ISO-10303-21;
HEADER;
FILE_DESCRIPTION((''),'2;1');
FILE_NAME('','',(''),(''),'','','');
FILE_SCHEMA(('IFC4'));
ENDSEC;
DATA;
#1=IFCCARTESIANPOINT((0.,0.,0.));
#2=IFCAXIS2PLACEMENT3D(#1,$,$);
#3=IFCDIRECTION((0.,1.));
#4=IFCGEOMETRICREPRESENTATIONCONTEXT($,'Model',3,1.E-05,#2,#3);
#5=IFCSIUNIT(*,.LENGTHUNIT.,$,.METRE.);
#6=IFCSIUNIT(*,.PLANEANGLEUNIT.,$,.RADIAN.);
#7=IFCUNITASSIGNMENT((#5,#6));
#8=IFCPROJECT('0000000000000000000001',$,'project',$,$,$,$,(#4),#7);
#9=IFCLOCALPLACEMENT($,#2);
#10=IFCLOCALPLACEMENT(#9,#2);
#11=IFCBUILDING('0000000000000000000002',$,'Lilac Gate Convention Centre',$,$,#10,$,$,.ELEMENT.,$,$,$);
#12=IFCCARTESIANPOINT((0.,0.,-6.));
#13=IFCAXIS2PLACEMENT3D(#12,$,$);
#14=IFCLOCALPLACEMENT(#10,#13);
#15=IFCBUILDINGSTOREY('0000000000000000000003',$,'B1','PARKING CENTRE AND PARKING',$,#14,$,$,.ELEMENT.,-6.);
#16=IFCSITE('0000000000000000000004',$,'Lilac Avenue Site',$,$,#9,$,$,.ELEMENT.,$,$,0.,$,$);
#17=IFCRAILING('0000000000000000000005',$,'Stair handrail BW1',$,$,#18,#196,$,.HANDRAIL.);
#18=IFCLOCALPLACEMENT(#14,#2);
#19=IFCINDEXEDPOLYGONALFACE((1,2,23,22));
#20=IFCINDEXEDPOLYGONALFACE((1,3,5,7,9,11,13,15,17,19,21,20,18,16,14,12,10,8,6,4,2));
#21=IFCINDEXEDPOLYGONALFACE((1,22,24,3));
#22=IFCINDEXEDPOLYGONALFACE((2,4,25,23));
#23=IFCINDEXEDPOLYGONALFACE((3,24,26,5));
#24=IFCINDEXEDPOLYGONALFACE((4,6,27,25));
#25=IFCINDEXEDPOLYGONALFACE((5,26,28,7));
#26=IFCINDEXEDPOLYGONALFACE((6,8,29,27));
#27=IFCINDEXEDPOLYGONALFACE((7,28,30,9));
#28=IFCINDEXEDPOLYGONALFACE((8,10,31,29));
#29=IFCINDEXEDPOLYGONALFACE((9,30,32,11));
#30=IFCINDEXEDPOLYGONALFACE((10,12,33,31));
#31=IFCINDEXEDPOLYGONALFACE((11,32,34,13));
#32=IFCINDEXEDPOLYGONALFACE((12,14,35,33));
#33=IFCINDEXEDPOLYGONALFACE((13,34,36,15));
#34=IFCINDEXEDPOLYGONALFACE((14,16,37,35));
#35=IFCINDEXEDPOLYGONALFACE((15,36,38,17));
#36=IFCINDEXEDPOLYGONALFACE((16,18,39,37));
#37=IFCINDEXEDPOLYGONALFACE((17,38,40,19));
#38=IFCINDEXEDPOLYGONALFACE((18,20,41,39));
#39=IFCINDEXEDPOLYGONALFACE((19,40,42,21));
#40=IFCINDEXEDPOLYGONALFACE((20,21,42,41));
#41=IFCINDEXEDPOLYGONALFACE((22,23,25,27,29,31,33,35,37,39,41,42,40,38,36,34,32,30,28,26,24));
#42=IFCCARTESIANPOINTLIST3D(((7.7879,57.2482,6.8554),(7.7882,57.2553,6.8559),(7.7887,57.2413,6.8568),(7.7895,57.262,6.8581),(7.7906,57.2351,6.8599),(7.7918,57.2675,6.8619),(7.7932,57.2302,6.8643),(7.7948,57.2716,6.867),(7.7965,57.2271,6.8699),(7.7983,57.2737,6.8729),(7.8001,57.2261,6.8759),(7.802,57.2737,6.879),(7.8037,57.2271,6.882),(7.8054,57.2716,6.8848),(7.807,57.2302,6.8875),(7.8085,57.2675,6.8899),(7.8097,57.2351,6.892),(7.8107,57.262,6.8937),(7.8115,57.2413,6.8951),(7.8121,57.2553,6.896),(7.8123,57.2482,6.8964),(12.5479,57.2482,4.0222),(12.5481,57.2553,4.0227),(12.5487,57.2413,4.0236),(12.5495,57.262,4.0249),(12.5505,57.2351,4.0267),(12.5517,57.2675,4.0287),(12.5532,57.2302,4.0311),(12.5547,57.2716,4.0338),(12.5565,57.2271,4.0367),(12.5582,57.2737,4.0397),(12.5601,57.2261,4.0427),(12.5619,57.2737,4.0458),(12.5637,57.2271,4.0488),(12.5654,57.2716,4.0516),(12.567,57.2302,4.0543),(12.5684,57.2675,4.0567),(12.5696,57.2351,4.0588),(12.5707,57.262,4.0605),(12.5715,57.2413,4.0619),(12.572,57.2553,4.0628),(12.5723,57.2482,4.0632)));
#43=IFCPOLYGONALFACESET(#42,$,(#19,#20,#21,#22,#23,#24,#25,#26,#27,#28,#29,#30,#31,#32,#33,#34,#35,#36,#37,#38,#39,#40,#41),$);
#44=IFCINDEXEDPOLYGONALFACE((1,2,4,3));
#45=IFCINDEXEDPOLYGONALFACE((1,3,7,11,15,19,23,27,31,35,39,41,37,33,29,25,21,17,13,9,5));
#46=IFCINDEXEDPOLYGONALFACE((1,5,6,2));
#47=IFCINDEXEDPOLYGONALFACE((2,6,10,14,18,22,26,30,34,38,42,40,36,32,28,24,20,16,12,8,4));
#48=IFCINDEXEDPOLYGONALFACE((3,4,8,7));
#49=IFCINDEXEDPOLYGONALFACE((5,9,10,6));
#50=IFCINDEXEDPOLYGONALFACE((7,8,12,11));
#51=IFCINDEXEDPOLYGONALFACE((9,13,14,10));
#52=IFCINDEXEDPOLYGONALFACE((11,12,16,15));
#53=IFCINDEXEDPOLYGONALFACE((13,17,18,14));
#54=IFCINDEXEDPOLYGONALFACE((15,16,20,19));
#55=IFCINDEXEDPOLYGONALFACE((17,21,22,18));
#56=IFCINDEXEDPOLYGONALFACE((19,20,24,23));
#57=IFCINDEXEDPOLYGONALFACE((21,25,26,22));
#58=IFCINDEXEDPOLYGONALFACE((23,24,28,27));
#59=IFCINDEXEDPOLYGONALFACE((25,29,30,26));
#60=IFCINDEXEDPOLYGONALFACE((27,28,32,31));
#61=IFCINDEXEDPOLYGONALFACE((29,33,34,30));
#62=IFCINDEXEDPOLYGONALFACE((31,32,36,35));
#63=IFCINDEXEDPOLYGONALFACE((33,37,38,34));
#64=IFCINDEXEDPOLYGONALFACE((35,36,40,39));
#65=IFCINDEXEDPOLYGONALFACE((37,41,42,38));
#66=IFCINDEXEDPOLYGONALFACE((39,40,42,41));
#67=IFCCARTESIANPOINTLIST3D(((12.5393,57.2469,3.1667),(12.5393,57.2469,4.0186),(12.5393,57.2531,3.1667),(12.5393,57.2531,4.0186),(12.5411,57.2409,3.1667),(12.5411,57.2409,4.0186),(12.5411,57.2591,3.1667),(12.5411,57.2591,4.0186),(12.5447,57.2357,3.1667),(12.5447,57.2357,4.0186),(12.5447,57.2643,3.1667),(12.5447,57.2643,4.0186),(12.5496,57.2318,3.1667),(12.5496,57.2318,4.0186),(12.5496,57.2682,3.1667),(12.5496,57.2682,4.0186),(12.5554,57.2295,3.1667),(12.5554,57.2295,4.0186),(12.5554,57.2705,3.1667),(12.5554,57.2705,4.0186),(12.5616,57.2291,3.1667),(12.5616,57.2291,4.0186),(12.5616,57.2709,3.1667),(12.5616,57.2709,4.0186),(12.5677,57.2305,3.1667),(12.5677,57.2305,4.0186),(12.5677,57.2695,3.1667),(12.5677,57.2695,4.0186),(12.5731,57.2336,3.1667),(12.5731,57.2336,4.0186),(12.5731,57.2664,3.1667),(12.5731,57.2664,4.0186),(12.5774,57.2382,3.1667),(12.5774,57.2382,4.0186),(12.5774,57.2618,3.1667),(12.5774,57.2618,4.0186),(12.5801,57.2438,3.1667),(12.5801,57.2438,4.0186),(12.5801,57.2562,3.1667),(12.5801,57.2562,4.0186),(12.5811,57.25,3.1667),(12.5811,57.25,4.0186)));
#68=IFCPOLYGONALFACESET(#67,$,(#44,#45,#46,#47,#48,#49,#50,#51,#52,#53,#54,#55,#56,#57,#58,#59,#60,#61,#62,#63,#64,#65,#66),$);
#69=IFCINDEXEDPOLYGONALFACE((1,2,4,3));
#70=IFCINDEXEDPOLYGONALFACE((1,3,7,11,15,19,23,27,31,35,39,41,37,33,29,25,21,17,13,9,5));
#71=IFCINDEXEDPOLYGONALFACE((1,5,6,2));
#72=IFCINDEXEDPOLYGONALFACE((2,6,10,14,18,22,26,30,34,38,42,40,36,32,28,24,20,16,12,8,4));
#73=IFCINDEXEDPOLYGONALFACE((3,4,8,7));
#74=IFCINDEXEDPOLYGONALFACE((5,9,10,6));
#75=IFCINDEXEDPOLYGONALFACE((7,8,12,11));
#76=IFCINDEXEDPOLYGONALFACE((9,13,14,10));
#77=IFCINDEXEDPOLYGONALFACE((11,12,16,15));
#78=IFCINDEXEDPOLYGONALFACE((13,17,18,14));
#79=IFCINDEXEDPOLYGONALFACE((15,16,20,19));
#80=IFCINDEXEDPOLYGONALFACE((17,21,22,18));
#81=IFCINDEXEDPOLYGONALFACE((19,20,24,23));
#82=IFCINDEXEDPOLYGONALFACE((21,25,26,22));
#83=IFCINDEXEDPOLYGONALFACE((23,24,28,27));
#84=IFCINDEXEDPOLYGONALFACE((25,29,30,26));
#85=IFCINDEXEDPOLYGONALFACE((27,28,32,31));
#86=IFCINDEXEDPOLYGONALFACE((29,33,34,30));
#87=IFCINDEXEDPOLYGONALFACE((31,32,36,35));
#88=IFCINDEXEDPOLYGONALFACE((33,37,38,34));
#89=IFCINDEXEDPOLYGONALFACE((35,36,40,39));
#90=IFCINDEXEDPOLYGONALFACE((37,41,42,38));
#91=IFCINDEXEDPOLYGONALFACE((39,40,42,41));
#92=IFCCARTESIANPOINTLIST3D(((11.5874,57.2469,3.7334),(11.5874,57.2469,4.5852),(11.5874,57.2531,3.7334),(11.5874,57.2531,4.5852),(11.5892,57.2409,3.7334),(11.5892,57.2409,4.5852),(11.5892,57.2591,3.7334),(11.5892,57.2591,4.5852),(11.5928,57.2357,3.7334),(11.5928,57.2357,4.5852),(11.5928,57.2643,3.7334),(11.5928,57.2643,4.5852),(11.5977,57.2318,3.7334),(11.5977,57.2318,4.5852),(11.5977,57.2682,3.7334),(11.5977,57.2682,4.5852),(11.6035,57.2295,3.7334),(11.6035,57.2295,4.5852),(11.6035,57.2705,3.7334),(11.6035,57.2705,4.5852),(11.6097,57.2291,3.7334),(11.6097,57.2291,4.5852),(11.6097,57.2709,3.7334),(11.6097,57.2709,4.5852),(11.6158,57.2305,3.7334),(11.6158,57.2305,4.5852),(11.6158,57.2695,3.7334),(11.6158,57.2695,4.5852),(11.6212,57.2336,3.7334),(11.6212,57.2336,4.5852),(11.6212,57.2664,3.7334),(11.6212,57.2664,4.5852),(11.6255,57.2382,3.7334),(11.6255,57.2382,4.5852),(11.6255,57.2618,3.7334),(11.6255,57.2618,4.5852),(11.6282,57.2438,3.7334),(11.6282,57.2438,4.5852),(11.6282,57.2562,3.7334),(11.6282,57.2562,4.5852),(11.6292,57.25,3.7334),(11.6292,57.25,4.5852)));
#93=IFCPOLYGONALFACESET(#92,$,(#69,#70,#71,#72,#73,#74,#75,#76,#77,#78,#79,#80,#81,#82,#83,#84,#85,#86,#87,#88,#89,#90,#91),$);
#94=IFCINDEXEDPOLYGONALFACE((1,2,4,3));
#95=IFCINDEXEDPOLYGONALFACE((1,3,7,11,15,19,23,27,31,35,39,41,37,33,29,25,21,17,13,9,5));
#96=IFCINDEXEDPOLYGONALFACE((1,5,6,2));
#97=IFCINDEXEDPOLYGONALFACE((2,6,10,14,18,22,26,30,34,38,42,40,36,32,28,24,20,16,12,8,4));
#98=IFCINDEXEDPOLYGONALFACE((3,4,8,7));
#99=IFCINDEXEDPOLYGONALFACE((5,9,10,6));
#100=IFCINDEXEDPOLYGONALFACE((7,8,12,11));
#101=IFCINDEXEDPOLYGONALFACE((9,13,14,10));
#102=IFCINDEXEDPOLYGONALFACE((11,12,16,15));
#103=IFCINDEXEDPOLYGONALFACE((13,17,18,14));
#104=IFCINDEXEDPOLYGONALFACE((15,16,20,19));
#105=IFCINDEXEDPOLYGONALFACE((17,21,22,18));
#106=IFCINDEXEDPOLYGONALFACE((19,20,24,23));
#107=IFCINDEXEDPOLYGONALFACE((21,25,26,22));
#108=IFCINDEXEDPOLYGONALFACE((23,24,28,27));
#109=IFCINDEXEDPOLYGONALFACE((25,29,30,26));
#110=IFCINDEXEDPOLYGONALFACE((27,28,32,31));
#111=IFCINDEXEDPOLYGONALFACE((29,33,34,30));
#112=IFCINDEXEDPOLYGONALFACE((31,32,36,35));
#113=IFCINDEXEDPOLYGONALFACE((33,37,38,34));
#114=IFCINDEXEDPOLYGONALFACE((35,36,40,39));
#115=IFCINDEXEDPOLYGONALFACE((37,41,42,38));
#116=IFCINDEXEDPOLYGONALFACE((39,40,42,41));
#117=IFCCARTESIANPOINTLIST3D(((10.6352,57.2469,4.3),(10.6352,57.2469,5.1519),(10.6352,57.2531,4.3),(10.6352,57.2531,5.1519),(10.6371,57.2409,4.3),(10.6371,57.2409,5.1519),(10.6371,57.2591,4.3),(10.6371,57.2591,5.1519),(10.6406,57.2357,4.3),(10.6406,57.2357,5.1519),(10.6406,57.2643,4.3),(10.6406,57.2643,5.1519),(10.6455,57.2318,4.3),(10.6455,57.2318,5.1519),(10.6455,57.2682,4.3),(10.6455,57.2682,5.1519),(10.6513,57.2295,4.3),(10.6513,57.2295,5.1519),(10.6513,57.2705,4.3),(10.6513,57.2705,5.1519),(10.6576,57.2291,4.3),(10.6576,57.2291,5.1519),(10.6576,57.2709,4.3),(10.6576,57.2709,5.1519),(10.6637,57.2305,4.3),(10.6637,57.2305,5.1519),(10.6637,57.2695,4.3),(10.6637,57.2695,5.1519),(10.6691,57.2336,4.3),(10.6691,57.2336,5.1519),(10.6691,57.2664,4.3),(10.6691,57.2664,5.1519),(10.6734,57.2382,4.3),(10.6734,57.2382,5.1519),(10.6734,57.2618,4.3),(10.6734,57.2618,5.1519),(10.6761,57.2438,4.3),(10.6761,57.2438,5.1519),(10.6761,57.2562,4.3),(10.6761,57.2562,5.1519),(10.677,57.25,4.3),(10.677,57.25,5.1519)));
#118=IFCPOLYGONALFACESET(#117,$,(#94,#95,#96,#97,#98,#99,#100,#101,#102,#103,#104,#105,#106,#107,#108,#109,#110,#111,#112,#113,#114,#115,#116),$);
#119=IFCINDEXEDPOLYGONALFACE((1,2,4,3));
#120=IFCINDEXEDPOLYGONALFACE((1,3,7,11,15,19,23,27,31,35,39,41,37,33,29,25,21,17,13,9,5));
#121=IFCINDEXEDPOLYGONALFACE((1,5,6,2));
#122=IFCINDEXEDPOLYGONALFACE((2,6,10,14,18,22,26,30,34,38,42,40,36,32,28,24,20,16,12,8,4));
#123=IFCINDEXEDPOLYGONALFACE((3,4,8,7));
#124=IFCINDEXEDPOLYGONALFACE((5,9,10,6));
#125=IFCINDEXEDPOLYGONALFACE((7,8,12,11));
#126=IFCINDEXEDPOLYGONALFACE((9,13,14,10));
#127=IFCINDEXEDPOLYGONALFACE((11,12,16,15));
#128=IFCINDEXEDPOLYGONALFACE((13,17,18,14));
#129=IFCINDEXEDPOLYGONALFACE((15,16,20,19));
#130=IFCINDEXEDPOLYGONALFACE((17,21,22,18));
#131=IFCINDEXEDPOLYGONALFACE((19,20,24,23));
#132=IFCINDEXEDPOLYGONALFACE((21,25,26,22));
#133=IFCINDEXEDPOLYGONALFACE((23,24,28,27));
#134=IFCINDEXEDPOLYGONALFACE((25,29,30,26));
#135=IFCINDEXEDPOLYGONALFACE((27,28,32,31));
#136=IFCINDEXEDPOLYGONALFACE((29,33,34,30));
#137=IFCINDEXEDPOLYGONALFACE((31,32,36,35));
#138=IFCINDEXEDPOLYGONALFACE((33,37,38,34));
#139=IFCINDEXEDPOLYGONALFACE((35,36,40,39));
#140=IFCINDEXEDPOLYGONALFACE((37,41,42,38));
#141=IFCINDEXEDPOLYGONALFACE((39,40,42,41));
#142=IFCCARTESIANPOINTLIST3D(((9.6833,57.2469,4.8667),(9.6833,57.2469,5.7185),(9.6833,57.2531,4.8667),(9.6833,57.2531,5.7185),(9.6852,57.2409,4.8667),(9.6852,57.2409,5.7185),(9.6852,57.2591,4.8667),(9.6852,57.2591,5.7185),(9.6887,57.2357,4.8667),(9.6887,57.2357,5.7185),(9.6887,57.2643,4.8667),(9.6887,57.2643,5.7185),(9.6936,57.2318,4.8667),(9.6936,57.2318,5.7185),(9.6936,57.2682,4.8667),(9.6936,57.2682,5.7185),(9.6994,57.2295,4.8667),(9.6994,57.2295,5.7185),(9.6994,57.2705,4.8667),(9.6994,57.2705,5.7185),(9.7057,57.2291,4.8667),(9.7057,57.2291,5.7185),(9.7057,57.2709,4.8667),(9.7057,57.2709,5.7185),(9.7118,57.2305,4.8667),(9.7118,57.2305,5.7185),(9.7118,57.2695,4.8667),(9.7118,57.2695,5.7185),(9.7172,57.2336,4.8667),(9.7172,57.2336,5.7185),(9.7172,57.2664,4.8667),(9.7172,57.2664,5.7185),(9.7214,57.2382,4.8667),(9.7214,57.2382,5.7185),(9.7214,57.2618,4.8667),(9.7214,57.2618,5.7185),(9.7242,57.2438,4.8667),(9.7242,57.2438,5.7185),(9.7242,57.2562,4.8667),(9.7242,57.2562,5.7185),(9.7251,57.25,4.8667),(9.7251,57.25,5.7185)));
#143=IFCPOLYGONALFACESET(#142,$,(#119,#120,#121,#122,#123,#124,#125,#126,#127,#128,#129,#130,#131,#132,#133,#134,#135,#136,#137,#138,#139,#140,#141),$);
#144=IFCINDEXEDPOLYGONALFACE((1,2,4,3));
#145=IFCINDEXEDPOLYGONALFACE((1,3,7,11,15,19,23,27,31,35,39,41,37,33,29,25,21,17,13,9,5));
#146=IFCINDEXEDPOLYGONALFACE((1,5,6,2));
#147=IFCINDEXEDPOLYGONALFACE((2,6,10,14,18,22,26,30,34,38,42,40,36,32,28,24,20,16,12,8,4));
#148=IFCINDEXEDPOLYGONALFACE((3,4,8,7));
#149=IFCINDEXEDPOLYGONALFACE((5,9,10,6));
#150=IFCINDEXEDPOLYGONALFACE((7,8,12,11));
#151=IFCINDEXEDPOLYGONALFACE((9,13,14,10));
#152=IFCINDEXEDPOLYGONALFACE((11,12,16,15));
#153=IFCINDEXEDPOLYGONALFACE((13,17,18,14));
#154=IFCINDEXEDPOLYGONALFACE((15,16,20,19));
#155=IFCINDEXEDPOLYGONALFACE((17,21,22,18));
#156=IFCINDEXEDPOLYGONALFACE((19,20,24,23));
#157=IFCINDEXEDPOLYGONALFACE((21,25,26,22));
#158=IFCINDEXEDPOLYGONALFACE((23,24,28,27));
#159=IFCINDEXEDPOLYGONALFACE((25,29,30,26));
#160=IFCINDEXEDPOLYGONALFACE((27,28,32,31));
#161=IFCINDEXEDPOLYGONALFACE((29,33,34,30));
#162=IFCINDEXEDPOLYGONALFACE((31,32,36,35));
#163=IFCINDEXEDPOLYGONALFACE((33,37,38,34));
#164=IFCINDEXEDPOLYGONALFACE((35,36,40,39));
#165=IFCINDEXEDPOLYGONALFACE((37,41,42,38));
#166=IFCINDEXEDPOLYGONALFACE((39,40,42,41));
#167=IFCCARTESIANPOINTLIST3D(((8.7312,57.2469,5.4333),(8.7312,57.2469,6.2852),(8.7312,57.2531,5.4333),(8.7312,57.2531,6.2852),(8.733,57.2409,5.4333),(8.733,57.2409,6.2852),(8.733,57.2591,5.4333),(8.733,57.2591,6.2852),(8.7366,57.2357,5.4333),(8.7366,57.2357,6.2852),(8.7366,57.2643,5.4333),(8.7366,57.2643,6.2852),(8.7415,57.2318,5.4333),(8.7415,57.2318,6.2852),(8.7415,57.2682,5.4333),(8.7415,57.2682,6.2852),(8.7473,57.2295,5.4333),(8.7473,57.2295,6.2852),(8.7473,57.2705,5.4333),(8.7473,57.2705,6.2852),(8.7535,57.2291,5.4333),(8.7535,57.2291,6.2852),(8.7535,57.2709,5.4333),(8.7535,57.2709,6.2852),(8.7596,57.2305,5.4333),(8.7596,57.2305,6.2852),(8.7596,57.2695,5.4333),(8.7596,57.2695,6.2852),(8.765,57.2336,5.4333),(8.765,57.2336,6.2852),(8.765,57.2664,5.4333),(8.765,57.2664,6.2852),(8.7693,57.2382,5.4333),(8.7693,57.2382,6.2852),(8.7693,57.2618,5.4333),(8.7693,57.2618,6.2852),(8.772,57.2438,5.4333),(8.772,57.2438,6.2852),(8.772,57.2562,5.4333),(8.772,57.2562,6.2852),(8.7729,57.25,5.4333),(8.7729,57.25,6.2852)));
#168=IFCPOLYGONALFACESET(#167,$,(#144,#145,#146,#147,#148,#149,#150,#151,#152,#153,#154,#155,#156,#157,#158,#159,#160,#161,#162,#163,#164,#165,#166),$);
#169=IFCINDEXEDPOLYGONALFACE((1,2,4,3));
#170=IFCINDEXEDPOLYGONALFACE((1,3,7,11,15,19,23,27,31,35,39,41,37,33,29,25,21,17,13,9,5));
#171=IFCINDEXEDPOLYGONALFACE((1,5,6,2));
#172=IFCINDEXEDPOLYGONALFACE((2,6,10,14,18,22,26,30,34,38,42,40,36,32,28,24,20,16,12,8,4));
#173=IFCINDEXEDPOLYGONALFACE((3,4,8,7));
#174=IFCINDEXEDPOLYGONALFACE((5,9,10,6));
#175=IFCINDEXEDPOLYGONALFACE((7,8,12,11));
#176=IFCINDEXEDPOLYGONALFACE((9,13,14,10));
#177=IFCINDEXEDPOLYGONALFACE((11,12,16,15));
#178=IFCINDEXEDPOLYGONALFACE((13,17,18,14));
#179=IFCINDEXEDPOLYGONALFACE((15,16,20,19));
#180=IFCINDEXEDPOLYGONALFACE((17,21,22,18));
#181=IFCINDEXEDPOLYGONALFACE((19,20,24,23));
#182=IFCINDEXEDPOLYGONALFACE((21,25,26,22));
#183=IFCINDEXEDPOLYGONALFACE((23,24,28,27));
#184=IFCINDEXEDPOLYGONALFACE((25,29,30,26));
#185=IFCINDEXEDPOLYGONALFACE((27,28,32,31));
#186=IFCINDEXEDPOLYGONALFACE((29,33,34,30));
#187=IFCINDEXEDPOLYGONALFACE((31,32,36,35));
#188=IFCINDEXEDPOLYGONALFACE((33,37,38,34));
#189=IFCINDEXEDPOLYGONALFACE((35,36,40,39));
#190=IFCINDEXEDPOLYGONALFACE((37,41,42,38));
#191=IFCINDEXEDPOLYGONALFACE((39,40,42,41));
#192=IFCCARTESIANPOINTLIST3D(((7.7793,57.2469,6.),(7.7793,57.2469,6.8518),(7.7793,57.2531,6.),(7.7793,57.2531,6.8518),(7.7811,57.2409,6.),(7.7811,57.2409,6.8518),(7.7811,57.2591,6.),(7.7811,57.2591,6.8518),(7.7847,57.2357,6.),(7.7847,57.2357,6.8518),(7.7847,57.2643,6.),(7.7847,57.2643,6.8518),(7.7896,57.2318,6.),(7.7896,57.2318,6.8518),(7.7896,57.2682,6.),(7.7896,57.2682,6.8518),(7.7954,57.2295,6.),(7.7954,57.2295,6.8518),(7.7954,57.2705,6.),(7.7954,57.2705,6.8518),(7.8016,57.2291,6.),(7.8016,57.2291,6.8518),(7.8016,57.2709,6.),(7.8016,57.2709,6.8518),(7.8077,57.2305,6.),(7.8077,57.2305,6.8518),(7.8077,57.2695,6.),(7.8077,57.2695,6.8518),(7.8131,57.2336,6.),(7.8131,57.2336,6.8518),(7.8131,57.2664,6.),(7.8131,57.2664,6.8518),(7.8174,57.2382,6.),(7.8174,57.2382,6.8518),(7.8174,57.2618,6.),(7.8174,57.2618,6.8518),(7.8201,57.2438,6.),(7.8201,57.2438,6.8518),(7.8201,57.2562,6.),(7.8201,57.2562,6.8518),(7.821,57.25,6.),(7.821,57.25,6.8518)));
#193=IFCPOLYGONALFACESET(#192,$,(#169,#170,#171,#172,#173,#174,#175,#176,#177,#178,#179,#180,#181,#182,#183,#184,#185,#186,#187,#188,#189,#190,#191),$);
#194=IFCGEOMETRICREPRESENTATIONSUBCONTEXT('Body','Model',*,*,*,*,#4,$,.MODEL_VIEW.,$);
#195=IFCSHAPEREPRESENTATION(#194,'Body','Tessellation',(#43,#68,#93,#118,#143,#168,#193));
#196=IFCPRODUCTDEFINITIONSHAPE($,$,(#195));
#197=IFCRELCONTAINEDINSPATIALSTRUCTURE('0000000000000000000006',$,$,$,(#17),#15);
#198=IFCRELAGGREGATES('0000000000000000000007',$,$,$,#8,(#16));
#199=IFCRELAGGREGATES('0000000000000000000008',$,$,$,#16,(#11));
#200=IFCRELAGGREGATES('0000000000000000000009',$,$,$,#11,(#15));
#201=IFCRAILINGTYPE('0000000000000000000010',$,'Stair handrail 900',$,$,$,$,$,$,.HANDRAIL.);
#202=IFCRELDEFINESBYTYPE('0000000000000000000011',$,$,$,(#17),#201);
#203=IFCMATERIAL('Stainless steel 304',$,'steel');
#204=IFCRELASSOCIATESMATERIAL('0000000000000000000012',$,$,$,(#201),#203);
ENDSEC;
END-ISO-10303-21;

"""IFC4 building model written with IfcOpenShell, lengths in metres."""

from ifc_helpers import new_model, si_unit, direction, frame, origin, origin_2d, place, context, subcontext, project, spatial, circle, extrude, material, type_object, element, save


model = new_model("IFC4")

# Units and contexts
model_context = context("Model", 3, precision=1e-05, world=origin(), true_north=direction((0.0, 1.0)))
body_context = subcontext(model_context, "Body", "Model", "MODEL_VIEW")
ifc_project = project(units=[si_unit("LENGTHUNIT", "METRE"), si_unit("PLANEANGLEUNIT", "RADIAN")], contexts=[model_context])

# Site, building, storey
site_placement = place(None, origin())
site = spatial("IfcSite", under=ifc_project, at=site_placement, Name="Lilac Avenue Site", CompositionType="ELEMENT", RefElevation=0.0)
building_placement = place(site_placement, origin())
building = spatial("IfcBuilding", under=site, at=building_placement, Name="Lilac Gate Convention Centre", CompositionType="ELEMENT")
storey_placement = place(building_placement, frame((0.0, 0.0, -6.0)))
storey = spatial("IfcBuildingStorey", under=building, at=storey_placement, Name="B1", Description="PARKING CENTRE AND PARKING", CompositionType="ELEMENT", Elevation=-6.0)

# Railing
ifc_material_1 = material(Name="Stainless steel 304", Category="steel")
railing_type = type_object("IfcRailingType", Name="Stair handrail 900", PredefinedType="HANDRAIL", material=ifc_material_1)
for number, where, name in (
    (1, (12.5601, 57.25, 3.1667), "Stair handrail BW1"),
):
    element("IfcRailing", number, at=place(storey_placement, frame(where)), inside=storey, type_object=railing_type, Name=name, PredefinedType="HANDRAIL", context=body_context, shape_type="SweptSolid", body=[
        extrude(circle(Radius=0.0239, at=origin_2d()), frame((0.0, 0.0, 0.876), z_axis=(-0.8593, 0.0, 0.511472), x_axis=(0.0, -1.0, 0.0)), (0.0, 0.0, 1.0), 5.5393),
        extrude(circle(Radius=0.021, at=origin_2d()), origin(), (0.0, 0.0, 1.0), 0.8518),
        extrude(circle(Radius=0.021, at=origin_2d()), frame((-0.9519, 0.0, 0.5667)), (0.0, 0.0, 1.0), 0.8518),
        extrude(circle(Radius=0.021, at=origin_2d()), frame((-1.9041, 0.0, 1.1333)), (0.0, 0.0, 1.0), 0.8518),
        extrude(circle(Radius=0.021, at=origin_2d()), frame((-2.856, 0.0, 1.7)), (0.0, 0.0, 1.0), 0.8518),
        extrude(circle(Radius=0.021, at=origin_2d()), frame((-3.8081, 0.0, 2.2666)), (0.0, 0.0, 1.0), 0.8518),
        extrude(circle(Radius=0.021, at=origin_2d()), frame((-4.76, 0.0, 2.8333)), (0.0, 0.0, 1.0), 0.8518),
    ])

save(model, "model.ifc")
